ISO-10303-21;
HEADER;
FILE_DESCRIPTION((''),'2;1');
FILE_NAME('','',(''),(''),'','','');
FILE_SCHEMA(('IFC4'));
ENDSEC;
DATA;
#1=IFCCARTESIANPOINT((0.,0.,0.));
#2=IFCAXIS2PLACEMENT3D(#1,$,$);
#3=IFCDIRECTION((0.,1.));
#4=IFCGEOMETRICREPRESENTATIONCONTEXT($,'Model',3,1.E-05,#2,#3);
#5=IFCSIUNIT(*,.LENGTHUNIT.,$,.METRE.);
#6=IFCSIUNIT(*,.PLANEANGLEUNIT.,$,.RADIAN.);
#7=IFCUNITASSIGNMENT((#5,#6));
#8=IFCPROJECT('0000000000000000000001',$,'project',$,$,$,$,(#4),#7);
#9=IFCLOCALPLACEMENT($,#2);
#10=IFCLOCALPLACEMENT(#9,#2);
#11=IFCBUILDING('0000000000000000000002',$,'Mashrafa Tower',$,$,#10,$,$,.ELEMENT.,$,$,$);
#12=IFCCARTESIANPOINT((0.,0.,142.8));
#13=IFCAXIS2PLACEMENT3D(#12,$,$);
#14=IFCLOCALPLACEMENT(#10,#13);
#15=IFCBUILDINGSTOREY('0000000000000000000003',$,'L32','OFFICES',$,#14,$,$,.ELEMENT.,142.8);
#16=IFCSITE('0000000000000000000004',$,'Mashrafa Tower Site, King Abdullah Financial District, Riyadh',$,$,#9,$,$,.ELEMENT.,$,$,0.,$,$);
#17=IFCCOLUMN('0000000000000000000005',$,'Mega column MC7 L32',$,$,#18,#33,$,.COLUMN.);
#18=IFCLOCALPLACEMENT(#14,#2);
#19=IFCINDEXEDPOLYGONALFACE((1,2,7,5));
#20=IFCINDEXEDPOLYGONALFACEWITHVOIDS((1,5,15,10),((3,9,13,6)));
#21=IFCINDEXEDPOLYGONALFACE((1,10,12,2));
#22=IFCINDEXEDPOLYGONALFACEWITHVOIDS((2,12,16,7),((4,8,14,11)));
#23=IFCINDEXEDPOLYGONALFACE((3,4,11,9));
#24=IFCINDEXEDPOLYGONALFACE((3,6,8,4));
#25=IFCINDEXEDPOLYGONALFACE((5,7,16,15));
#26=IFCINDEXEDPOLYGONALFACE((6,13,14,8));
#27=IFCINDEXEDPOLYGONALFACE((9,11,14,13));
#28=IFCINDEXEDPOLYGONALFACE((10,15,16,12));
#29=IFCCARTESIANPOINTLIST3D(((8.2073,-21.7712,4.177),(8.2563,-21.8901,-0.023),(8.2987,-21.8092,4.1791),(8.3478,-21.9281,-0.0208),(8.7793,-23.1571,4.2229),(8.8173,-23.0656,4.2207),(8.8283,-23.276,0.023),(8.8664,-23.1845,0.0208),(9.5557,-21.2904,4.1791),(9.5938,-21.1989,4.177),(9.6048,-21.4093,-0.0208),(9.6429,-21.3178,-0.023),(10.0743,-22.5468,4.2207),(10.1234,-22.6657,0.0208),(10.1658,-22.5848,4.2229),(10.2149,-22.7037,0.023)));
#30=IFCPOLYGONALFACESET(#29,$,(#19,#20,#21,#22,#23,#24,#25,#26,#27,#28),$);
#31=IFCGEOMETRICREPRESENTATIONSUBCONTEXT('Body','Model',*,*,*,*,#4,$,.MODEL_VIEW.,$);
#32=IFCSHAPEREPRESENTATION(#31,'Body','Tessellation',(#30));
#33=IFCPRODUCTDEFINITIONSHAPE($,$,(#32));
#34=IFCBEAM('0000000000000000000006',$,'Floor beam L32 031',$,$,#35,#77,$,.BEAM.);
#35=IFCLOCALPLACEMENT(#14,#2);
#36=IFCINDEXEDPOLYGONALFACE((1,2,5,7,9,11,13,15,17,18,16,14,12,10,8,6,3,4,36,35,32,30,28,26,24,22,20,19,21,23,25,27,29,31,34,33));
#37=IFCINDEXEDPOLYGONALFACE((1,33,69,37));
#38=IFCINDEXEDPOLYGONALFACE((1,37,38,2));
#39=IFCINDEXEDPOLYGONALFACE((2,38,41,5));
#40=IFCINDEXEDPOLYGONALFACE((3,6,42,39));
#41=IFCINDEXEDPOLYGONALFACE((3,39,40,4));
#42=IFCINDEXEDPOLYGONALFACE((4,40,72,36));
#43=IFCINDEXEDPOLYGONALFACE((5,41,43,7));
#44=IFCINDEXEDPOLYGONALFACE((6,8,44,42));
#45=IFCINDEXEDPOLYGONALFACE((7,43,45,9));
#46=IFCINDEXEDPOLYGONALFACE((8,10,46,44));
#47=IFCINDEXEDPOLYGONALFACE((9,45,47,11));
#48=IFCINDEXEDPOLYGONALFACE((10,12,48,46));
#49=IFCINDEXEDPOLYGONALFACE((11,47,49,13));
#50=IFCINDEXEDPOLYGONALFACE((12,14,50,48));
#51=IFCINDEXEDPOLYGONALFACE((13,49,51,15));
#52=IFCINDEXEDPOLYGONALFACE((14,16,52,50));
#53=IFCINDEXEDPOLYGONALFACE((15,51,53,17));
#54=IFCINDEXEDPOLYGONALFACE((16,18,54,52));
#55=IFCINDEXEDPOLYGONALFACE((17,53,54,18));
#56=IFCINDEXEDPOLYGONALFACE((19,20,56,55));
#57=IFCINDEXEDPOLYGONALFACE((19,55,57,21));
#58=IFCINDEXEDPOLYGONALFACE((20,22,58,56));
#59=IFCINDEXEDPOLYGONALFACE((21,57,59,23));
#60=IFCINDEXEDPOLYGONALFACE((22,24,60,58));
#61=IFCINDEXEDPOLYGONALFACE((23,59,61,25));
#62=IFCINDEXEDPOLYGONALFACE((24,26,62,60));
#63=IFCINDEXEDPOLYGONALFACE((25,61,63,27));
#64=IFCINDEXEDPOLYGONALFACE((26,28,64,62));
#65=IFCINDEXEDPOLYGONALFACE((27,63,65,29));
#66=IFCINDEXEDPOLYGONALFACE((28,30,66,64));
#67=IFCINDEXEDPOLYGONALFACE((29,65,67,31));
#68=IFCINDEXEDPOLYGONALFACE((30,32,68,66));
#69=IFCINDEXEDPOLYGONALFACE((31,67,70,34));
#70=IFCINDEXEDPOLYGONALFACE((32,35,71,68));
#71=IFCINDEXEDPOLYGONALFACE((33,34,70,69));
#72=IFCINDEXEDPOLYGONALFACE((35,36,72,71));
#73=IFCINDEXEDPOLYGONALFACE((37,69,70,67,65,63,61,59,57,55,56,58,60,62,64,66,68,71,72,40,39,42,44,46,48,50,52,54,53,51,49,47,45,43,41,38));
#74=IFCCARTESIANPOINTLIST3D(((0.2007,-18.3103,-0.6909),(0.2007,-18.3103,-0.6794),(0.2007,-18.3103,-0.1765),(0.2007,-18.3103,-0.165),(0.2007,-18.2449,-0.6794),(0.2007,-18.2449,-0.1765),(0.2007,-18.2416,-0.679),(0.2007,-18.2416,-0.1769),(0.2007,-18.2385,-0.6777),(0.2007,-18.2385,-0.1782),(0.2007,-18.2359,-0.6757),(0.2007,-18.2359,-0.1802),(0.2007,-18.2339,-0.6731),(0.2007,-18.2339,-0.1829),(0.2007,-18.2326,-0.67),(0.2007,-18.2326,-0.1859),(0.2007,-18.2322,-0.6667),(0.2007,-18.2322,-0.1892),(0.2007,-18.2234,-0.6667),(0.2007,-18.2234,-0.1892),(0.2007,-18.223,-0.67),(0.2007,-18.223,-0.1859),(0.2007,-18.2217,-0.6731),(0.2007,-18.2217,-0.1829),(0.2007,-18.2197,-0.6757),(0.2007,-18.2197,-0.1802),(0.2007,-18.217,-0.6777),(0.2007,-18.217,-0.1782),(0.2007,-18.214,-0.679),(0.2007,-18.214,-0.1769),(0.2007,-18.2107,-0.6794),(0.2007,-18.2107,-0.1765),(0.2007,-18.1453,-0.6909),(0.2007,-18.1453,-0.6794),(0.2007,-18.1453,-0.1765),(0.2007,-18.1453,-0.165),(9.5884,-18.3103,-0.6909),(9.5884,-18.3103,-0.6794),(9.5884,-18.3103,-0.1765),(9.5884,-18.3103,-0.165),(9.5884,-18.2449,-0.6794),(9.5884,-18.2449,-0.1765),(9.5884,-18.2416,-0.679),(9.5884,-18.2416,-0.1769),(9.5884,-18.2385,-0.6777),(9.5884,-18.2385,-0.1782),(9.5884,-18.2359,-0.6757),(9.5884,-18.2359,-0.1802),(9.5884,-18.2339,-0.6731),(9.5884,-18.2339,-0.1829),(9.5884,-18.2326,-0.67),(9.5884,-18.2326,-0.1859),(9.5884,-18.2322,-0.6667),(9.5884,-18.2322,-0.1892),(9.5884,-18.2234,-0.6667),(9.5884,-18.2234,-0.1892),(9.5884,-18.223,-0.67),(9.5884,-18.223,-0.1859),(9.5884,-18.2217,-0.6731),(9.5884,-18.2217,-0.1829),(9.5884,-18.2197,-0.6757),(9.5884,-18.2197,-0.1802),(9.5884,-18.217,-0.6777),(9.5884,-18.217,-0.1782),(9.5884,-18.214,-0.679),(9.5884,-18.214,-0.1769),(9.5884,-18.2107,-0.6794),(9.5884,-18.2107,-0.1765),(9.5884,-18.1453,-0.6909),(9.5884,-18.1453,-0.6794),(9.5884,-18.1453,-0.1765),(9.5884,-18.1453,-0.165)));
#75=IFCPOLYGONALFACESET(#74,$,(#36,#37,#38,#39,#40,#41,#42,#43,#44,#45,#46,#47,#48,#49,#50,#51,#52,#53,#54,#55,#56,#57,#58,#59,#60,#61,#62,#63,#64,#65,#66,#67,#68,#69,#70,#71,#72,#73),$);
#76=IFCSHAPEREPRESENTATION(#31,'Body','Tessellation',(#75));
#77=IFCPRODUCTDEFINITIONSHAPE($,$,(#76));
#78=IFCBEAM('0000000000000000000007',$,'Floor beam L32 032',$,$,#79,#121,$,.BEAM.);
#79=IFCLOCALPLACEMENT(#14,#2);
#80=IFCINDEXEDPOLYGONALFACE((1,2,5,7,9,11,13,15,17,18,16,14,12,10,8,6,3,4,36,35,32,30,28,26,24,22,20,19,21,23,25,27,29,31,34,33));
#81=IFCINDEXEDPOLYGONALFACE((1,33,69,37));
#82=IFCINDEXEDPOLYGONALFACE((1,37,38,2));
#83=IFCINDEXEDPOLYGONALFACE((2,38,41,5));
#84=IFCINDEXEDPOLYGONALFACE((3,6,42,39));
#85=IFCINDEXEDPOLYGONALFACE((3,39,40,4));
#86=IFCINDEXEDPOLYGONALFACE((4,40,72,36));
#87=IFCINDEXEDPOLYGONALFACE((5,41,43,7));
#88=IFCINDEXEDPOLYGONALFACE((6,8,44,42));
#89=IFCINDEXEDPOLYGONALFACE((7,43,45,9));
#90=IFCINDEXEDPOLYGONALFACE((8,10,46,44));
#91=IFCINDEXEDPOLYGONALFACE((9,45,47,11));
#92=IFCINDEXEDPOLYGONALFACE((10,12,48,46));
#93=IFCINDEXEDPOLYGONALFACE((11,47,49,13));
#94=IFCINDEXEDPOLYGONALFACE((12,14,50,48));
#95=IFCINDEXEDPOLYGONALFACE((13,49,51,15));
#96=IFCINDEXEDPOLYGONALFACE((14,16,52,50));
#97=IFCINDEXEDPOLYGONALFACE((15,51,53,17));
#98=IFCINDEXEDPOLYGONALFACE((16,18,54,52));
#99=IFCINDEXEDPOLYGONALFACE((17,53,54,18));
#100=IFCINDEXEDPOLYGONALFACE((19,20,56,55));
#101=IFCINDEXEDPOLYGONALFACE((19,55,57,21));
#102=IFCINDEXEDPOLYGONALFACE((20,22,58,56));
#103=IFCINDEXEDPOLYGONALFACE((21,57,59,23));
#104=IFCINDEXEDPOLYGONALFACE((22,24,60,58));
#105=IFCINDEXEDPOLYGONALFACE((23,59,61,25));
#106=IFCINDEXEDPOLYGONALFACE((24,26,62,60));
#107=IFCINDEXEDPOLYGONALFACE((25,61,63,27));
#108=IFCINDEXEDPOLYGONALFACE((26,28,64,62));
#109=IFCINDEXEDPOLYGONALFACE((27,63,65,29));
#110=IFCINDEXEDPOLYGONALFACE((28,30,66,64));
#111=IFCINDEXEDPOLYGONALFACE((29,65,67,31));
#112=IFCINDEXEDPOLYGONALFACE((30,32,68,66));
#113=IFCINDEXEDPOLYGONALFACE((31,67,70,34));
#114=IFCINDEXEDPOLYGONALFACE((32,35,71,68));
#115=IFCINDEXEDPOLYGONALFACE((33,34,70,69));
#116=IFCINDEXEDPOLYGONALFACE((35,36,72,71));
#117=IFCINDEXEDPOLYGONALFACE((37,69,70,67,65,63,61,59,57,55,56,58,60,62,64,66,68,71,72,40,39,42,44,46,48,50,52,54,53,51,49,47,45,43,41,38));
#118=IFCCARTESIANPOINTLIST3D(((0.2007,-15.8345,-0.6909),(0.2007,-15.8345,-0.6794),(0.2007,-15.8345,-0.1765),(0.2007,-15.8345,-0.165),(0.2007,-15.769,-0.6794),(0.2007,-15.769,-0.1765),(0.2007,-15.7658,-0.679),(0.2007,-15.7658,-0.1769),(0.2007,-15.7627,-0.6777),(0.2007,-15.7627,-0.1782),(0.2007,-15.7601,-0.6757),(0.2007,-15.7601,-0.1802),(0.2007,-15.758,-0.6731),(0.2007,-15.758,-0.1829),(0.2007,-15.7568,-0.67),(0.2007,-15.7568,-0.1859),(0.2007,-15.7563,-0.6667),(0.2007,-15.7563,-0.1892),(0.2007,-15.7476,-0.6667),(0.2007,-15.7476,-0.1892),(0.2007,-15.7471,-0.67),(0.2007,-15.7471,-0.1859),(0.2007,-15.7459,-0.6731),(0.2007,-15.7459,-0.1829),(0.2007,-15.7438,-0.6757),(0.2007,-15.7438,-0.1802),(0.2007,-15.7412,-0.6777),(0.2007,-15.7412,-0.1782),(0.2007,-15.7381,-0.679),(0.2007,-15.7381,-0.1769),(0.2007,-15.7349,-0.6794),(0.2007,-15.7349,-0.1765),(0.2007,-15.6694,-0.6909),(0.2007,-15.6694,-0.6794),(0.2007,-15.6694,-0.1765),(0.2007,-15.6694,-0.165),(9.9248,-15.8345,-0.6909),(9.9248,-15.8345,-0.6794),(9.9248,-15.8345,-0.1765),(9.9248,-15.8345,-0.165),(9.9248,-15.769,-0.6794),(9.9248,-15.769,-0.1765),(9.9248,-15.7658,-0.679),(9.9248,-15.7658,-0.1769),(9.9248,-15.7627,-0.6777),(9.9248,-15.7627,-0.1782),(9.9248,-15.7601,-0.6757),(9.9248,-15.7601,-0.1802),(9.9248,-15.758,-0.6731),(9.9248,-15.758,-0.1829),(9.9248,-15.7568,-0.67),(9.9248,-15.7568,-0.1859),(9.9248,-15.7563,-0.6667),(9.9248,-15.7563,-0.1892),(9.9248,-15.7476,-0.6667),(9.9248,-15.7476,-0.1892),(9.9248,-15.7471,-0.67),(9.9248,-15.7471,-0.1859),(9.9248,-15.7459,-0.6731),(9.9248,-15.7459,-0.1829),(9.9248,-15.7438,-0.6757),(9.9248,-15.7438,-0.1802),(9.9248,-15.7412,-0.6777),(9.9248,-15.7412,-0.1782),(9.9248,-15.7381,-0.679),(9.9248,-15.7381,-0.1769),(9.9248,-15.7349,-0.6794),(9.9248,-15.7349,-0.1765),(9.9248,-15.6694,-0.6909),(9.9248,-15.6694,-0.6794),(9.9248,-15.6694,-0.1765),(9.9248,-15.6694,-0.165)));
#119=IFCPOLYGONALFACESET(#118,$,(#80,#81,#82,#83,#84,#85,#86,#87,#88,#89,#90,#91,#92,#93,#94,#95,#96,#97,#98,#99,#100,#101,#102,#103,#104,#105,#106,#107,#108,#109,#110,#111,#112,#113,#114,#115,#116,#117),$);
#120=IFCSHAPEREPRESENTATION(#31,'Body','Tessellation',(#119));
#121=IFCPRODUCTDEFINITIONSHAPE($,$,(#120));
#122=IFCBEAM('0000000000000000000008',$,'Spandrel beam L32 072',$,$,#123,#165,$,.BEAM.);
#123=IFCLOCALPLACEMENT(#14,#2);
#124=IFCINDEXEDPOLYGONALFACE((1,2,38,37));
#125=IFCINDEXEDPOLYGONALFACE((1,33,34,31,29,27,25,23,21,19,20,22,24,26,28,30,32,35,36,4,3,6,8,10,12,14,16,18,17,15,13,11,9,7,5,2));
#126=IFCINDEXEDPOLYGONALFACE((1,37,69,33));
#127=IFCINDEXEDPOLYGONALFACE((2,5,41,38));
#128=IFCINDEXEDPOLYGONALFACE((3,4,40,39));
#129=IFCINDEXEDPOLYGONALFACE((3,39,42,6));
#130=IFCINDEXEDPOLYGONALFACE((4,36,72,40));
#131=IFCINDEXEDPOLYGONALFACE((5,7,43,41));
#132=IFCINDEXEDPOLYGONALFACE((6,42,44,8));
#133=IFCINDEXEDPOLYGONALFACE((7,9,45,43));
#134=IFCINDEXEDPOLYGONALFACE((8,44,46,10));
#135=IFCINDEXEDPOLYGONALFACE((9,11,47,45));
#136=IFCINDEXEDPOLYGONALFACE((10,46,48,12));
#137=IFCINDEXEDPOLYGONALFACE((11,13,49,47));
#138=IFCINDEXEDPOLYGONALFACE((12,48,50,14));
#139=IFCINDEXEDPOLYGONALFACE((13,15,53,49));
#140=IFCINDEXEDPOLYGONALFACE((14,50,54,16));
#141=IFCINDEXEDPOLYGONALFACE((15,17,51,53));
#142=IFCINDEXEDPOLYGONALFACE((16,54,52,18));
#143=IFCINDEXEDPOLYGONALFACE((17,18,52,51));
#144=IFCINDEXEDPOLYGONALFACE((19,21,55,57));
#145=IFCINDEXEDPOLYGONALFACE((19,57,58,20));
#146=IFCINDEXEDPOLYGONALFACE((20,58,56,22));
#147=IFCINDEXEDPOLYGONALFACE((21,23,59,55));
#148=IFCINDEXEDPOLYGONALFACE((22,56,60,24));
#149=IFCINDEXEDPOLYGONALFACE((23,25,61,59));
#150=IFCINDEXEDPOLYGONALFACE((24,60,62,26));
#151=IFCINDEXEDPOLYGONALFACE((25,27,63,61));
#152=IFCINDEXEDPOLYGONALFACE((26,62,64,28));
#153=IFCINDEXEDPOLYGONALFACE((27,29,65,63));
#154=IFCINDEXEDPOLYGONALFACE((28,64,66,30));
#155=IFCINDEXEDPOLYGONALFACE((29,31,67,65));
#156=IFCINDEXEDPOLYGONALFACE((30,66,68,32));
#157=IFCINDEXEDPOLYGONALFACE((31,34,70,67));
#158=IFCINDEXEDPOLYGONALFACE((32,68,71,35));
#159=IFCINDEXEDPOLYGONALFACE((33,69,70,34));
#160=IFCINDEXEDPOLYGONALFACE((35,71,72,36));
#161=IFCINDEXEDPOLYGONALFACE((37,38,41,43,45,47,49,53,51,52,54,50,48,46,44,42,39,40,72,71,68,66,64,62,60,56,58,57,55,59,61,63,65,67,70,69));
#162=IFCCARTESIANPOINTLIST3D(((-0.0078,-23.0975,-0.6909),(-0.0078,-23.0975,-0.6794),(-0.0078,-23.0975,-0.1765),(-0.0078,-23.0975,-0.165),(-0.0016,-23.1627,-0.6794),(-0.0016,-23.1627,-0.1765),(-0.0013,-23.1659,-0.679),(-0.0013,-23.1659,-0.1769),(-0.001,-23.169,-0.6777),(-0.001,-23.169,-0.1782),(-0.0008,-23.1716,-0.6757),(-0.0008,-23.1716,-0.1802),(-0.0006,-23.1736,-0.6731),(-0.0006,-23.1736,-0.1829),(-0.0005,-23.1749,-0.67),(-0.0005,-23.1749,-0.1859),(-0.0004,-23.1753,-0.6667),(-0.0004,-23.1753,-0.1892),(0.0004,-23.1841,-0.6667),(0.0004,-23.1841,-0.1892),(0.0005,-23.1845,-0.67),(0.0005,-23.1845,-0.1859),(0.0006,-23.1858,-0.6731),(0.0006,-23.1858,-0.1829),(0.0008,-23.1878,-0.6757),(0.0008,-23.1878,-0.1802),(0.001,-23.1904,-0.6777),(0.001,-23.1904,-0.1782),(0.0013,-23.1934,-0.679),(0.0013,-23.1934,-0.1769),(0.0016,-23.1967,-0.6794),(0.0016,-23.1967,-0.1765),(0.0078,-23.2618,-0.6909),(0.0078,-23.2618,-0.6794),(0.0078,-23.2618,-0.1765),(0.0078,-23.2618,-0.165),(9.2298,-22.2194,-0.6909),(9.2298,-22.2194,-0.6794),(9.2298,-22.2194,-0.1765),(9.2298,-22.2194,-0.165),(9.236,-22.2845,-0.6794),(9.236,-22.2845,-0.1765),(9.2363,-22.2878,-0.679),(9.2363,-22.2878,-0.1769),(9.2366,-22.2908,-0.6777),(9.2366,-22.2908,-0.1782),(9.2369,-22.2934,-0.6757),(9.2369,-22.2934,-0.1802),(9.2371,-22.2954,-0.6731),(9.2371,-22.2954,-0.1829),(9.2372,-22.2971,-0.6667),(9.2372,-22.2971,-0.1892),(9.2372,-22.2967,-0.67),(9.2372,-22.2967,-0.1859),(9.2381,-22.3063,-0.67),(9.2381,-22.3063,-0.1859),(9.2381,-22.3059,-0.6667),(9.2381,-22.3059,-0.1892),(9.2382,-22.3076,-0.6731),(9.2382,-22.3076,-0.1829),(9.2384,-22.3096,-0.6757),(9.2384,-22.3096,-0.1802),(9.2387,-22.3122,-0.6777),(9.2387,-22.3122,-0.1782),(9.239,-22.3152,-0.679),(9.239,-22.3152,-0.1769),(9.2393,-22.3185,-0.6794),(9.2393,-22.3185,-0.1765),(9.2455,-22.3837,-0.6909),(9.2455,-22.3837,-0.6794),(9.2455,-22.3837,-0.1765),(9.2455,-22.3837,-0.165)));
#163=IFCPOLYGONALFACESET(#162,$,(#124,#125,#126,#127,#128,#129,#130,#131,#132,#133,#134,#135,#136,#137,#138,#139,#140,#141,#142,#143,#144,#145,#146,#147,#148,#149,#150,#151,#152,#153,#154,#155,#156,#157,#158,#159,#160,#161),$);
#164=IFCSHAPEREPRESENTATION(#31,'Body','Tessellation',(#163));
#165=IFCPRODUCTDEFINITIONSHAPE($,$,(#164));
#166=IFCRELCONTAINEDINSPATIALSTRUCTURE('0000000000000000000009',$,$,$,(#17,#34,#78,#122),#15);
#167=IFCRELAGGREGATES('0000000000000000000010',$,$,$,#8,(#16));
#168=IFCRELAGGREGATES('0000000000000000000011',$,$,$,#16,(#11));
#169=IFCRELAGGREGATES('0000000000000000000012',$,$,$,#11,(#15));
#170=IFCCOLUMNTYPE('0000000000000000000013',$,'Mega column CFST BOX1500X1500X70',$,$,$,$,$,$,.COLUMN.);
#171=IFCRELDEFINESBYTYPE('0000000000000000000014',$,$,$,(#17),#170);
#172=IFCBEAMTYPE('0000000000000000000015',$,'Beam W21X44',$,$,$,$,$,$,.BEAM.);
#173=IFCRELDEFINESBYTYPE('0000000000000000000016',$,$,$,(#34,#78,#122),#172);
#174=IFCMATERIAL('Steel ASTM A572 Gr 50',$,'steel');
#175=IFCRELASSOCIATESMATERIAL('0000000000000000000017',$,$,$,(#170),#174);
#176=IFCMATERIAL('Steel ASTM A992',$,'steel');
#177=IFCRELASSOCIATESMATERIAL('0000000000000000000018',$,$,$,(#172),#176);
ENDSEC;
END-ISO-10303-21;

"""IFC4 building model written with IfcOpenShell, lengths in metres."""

from ifc_helpers import new_model, si_unit, direction, frame, origin, origin_2d, place, context, subcontext, project, spatial, hollow_rectangle, i_section, extrude, material, material_profile, profile_set, type_object, element, save


model = new_model("IFC4")

# Units and contexts
model_context = context("Model", 3, precision=1e-05, world=origin(), true_north=direction((0.0, 1.0)))
body_context = subcontext(model_context, "Body", "Model", "MODEL_VIEW")
ifc_project = project(units=[si_unit("LENGTHUNIT", "METRE"), si_unit("PLANEANGLEUNIT", "RADIAN")], contexts=[model_context])

# Site, building, storey
site_placement = place(None, origin())
site = spatial("IfcSite", under=ifc_project, at=site_placement, Name="Mashrafa Tower Site, King Abdullah Financial District, Riyadh", CompositionType="ELEMENT", RefElevation=0.0)
building_placement = place(site_placement, origin())
building = spatial("IfcBuilding", under=site, at=building_placement, Name="Mashrafa Tower", CompositionType="ELEMENT")
storey_placement = place(building_placement, frame((0.0, 0.0, 142.8)))
storey = spatial("IfcBuildingStorey", under=building, at=storey_placement, Name="L32", Description="OFFICES", CompositionType="ELEMENT", Elevation=142.8)

# Column
ifc_material_1 = material(Name="Steel ASTM A572 Gr 50", Category="steel")
ifc_material_profile_1 = material_profile(ifc_material_1, hollow_rectangle(XDim=1.5, YDim=1.5, WallThickness=0.0701, at=origin_2d()), Name="BOX1500X1500X70")
ifc_profile_set_1 = profile_set([ifc_material_profile_1], Name="Steel ASTM A572 Gr 50")
column_type = type_object("IfcColumnType", Name="Mega column CFST BOX1500X1500X70", PredefinedType="COLUMN", material=ifc_profile_set_1)
column_placement = place(storey_placement, frame((9.2356, -22.2969, 0.0), z_axis=(-0.011679, 0.028296, 0.999531), x_axis=(-0.924363, -0.381513, 0.0)))
element("IfcColumn", 1, at=column_placement, inside=storey, type_object=column_type, Name="Mega column MC7 L32", PredefinedType="COLUMN", context=body_context, shape_type="SweptSolid", body=[
    extrude(hollow_rectangle(XDim=1.5, YDim=1.5, WallThickness=0.0701, at=origin_2d()), origin(), (0.0, 0.0, 1.0), 4.2019),
])

# Beams
ifc_material_2 = material(Name="Steel ASTM A992", Category="steel")
ifc_material_profile_2 = material_profile(ifc_material_2, i_section(OverallWidth=0.165, OverallDepth=0.5259, WebThickness=0.0088, FlangeThickness=0.0115, FilletRadius=0.0127, at=origin_2d()), Name="W21X44")
ifc_profile_set_2 = profile_set([ifc_material_profile_2], Name="Steel ASTM A992")
beam_type_1 = type_object("IfcBeamType", Name="Beam W21X44", PredefinedType="BEAM", material=ifc_profile_set_2)
beam_1_placement = place(storey_placement, frame((9.5884, -18.2278, -0.428), z_axis=(-1.0, 0.0, 0.0), x_axis=(0.0, -1.0, 0.0)))
element("IfcBeam", 2, at=beam_1_placement, inside=storey, type_object=beam_type_1, Name="Floor beam L32 031", PredefinedType="BEAM", context=body_context, shape_type="SweptSolid", body=[
    extrude(i_section(OverallWidth=0.165, OverallDepth=0.5259, WebThickness=0.0088, FlangeThickness=0.0115, FilletRadius=0.0127, at=origin_2d()), origin(), (0.0, 0.0, 1.0), 9.3877),
])
beam_2_placement = place(storey_placement, frame((9.9248, -15.752, -0.428), z_axis=(-1.0, 0.0, 0.0), x_axis=(0.0, -1.0, 0.0)))
element("IfcBeam", 3, at=beam_2_placement, inside=storey, type_object=beam_type_1, Name="Floor beam L32 032", PredefinedType="BEAM", context=body_context, shape_type="SweptSolid", body=[
    extrude(i_section(OverallWidth=0.165, OverallDepth=0.5259, WebThickness=0.0088, FlangeThickness=0.0115, FilletRadius=0.0127, at=origin_2d()), origin(), (0.0, 0.0, 1.0), 9.7241),
])
for number, where, z_axis, x_axis, name in (
    (4, (0.0, -23.1797, -0.428), (0.995512, 0.094639, 0.0), (-0.094639, 0.995512, 0.0), "Spandrel beam L32 072"),
):
    element("IfcBeam", number, at=place(storey_placement, frame(where, z_axis=z_axis, x_axis=x_axis)), inside=storey, type_object=beam_type_1, Name=name, PredefinedType="BEAM", context=body_context, shape_type="SweptSolid", body=[
        extrude(i_section(OverallWidth=0.165, OverallDepth=0.5259, WebThickness=0.0088, FlangeThickness=0.0115, FilletRadius=0.0127, at=origin_2d()), origin(), (0.0, 0.0, 1.0), 9.2793),
    ])

save(model, "model.ifc")
